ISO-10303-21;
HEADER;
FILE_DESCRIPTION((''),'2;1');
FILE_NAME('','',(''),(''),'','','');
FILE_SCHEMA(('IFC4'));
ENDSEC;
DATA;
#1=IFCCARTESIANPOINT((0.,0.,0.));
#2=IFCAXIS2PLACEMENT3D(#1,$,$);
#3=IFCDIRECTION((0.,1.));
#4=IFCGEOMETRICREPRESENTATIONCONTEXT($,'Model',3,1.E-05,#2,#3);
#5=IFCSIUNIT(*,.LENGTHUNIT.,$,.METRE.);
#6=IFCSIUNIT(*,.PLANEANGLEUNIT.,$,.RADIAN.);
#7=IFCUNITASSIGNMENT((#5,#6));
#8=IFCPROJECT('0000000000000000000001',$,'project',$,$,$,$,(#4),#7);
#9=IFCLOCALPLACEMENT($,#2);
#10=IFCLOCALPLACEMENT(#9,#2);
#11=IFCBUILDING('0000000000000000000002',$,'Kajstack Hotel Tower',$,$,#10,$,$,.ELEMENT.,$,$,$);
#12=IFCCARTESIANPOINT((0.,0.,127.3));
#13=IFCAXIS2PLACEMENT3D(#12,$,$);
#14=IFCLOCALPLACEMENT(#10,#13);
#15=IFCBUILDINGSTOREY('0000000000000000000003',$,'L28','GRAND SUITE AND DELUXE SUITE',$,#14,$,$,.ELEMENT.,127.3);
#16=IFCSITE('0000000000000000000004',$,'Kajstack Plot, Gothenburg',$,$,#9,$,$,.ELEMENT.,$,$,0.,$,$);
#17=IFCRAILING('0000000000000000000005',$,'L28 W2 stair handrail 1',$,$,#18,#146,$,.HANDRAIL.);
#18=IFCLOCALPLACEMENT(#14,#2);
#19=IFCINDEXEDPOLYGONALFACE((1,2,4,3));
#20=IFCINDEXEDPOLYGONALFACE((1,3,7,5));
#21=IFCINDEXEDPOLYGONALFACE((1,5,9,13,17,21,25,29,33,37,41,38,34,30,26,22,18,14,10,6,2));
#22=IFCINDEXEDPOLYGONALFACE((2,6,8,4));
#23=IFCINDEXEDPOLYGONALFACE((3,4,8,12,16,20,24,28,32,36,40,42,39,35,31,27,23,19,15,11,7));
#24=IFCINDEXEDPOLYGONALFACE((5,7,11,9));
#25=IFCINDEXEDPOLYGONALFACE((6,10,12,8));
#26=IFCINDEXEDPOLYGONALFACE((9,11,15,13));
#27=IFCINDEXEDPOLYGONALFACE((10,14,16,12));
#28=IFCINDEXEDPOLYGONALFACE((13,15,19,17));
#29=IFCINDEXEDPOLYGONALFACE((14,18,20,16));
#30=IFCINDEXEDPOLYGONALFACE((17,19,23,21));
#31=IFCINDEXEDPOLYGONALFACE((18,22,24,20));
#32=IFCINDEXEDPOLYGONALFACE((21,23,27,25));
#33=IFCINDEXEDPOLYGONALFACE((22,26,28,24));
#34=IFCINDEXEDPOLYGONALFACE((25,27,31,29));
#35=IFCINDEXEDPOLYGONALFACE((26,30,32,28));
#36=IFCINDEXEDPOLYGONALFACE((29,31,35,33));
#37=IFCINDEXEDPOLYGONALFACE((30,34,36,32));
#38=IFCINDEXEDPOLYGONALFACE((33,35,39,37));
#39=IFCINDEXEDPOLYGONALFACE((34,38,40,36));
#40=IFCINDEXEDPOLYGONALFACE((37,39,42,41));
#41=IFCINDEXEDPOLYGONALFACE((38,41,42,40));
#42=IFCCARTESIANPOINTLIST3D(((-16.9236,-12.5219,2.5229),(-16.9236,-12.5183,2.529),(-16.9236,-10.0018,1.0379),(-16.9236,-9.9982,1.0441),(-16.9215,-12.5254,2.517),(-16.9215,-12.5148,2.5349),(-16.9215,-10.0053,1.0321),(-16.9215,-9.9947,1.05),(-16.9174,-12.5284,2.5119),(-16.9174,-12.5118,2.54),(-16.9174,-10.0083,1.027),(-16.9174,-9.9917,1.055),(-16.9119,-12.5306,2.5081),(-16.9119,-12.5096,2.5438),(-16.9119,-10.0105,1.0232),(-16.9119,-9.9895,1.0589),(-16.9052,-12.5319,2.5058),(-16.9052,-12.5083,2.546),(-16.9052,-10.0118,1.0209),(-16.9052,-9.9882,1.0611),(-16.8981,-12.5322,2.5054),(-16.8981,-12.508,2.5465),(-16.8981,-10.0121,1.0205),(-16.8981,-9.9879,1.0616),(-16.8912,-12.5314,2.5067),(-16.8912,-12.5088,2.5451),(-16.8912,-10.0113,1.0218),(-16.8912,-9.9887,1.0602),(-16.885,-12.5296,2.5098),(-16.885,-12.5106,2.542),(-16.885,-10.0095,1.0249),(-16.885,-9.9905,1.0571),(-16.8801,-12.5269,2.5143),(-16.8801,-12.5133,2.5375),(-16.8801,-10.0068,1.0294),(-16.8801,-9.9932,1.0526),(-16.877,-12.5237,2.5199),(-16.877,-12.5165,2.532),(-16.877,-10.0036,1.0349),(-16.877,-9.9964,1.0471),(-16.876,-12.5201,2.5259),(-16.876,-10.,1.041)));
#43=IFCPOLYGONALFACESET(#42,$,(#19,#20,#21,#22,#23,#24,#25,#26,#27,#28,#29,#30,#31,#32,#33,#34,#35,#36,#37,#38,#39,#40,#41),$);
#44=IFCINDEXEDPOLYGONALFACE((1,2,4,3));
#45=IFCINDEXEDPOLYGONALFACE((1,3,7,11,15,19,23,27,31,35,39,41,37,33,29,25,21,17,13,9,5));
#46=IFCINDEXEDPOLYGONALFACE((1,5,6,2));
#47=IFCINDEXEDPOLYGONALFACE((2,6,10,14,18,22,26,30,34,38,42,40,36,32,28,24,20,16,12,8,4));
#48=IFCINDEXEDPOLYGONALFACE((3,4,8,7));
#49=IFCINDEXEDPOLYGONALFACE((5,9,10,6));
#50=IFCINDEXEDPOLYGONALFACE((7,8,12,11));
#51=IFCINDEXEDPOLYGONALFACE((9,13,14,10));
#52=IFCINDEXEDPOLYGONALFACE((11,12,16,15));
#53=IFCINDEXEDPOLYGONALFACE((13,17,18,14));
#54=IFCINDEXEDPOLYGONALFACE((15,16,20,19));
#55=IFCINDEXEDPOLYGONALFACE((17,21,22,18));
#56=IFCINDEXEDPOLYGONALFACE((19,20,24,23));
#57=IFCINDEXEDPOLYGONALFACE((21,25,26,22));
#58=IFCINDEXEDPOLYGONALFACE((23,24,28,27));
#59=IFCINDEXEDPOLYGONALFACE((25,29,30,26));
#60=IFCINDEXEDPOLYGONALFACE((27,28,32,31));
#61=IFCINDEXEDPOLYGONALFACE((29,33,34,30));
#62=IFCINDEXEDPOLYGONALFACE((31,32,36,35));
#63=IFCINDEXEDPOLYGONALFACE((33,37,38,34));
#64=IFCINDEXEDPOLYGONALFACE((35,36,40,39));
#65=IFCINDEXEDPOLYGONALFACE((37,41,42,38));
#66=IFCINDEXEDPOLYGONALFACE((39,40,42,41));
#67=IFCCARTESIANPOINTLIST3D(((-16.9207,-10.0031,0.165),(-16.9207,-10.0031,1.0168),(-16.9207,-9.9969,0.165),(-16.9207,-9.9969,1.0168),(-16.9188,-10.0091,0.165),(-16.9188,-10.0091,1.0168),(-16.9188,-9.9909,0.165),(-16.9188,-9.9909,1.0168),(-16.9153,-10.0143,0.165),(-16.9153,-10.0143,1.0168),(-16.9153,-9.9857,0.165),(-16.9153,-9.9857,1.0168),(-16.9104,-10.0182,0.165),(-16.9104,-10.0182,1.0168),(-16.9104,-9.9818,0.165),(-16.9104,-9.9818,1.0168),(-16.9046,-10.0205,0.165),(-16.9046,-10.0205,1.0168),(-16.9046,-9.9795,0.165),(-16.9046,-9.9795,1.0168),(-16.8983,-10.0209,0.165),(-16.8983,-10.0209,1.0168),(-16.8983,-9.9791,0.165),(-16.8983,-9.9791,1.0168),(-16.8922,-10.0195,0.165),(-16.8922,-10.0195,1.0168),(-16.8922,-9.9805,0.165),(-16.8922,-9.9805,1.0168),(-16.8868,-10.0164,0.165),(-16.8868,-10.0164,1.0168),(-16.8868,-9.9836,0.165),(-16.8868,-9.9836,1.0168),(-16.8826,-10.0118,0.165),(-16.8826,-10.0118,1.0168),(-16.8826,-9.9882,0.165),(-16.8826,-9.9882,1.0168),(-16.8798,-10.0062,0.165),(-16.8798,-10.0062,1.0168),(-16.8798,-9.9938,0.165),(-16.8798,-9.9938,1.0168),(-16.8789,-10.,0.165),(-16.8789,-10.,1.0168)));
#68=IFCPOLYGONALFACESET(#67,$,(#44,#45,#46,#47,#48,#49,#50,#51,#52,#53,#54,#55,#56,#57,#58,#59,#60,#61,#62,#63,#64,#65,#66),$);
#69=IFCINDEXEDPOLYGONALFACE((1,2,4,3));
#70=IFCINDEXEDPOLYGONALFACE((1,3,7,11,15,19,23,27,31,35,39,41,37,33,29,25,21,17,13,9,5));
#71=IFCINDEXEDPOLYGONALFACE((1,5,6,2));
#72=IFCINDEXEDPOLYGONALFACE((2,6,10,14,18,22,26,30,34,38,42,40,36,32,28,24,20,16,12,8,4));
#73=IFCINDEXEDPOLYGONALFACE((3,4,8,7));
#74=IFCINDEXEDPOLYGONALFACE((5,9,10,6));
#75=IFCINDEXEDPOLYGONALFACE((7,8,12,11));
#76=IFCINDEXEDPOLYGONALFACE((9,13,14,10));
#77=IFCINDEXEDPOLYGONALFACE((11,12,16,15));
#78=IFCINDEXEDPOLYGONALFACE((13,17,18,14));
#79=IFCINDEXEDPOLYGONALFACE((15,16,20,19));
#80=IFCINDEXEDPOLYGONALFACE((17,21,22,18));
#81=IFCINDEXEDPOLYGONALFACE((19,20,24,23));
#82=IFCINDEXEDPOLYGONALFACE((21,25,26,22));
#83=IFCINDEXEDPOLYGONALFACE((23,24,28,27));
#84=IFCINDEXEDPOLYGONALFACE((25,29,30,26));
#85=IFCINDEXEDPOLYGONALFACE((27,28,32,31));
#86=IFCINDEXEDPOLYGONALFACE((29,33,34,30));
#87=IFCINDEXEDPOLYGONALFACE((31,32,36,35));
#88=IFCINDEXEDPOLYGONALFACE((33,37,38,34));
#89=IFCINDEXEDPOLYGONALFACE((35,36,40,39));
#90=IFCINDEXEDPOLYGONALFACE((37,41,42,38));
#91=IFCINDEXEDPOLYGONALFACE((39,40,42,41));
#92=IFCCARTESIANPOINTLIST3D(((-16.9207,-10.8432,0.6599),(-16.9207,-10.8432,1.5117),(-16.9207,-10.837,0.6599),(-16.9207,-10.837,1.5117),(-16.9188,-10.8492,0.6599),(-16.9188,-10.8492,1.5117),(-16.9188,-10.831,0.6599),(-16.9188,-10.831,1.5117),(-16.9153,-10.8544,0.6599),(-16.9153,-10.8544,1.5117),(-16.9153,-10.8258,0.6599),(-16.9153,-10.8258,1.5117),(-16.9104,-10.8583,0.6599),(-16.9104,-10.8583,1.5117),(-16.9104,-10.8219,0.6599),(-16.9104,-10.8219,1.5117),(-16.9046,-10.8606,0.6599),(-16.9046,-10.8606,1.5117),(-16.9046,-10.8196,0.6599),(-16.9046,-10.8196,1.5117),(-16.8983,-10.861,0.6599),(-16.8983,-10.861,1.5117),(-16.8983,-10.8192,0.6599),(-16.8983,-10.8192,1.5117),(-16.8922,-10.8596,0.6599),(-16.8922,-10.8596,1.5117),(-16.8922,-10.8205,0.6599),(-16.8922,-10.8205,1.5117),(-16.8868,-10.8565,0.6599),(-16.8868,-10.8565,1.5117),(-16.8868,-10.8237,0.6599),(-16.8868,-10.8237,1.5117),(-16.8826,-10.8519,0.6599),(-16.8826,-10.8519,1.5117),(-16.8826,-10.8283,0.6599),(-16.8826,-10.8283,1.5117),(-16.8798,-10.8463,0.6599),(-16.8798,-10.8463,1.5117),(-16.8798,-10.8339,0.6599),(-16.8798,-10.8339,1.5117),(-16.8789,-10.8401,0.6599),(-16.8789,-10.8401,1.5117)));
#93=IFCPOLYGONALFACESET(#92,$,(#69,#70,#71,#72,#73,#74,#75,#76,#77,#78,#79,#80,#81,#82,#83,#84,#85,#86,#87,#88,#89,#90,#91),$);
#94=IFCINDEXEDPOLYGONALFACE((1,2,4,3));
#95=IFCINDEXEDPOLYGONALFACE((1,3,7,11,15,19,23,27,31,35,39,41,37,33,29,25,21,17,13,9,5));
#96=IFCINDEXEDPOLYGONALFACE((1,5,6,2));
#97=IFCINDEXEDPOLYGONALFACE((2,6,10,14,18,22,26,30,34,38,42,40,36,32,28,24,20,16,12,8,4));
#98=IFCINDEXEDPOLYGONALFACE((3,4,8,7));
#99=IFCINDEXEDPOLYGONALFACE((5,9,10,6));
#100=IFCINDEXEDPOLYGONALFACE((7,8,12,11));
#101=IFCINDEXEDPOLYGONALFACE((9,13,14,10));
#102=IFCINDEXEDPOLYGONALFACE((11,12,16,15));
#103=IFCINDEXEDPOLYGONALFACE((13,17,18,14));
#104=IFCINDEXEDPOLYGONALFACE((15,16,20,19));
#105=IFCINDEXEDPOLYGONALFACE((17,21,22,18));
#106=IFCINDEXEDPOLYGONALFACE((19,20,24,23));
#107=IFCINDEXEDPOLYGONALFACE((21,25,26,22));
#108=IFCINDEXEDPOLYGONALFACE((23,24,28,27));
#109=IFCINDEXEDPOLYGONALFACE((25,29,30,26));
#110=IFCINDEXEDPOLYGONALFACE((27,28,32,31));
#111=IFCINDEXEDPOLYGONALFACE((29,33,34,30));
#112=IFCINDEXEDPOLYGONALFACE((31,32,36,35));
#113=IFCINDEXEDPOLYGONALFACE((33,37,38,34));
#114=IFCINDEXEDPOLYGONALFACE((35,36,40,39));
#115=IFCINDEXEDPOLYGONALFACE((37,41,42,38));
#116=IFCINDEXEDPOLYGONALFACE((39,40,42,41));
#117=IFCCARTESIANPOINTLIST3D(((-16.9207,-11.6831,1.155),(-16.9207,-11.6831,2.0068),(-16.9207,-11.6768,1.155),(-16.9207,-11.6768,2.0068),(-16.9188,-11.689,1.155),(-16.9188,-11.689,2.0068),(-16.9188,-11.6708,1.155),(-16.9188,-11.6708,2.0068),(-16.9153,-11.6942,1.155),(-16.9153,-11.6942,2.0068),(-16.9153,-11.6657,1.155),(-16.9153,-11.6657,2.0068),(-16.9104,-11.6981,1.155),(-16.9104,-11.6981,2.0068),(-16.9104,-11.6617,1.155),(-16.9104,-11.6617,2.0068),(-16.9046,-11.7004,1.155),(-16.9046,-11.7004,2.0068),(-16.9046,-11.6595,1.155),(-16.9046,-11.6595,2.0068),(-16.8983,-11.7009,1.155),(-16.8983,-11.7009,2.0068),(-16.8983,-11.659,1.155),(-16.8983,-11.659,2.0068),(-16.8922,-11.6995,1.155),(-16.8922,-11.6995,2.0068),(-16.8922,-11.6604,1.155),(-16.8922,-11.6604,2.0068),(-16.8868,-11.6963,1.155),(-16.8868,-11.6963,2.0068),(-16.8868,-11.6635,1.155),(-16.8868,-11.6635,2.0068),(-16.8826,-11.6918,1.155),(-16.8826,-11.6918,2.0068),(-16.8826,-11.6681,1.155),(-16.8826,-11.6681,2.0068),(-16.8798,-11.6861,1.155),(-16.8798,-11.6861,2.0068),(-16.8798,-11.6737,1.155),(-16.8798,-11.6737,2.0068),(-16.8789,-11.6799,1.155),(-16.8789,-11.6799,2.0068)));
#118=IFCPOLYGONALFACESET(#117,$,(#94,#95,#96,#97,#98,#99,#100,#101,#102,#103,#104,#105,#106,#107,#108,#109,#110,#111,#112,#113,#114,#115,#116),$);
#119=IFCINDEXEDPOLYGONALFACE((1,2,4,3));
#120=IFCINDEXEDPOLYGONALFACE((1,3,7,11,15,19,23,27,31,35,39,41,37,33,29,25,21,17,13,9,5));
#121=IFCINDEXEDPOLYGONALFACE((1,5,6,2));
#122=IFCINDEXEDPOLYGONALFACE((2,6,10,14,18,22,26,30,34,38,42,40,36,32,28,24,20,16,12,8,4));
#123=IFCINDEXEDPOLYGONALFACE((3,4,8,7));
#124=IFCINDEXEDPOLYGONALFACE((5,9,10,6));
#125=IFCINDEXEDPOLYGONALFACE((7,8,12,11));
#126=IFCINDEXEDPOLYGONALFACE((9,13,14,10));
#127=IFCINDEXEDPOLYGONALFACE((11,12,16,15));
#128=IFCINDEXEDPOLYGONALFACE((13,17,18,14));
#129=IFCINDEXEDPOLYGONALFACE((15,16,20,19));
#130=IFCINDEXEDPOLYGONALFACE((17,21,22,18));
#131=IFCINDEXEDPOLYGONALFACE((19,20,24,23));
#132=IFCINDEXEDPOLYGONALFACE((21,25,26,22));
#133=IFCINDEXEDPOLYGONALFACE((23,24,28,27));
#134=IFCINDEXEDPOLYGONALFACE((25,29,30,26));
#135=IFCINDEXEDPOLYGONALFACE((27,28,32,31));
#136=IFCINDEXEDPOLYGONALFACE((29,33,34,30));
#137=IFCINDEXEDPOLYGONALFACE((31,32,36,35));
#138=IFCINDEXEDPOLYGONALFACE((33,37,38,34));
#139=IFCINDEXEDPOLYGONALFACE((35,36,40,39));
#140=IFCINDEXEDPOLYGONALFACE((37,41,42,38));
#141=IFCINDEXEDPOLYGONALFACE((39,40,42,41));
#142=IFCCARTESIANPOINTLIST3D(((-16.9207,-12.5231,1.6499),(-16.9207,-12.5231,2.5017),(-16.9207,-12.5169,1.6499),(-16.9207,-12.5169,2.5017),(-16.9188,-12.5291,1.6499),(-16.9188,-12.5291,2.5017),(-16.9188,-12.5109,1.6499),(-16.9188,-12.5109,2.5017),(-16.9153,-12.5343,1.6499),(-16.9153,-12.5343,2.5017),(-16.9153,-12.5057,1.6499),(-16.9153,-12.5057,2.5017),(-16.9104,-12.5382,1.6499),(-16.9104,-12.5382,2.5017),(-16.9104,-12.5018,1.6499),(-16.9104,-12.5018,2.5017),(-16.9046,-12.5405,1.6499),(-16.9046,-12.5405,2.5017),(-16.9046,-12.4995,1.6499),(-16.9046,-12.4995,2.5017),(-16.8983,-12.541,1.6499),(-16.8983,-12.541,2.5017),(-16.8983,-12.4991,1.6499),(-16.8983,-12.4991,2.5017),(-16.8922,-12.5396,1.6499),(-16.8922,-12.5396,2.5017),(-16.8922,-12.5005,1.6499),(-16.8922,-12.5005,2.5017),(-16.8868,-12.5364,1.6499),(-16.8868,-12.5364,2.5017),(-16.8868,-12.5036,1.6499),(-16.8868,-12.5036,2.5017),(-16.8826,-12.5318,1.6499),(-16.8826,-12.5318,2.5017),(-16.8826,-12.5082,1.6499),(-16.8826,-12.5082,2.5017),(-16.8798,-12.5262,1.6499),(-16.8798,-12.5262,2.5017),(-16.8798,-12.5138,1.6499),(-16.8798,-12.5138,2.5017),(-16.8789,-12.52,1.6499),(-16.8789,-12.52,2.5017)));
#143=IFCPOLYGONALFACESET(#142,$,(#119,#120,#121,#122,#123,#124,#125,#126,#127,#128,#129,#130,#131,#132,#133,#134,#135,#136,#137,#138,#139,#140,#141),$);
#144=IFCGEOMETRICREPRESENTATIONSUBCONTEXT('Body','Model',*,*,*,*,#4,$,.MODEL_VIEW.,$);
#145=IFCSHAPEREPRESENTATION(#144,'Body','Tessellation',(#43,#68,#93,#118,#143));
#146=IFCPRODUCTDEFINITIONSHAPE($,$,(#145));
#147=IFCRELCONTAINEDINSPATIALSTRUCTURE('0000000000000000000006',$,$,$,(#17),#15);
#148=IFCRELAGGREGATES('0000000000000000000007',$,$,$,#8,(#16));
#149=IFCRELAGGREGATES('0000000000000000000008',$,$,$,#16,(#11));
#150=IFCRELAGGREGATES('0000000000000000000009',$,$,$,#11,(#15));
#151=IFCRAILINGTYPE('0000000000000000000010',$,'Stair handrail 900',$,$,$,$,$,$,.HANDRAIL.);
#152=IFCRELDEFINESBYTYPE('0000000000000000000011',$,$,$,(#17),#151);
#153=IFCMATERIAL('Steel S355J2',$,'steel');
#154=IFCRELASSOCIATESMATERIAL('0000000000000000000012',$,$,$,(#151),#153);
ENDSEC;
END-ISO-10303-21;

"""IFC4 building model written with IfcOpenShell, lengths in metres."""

from ifc_helpers import new_model, si_unit, direction, frame, origin, origin_2d, place, context, subcontext, project, spatial, circle, extrude, material, type_object, element, save


model = new_model("IFC4")

# Units and contexts
model_context = context("Model", 3, precision=1e-05, world=origin(), true_north=direction((0.0, 1.0)))
body_context = subcontext(model_context, "Body", "Model", "MODEL_VIEW")
ifc_project = project(units=[si_unit("LENGTHUNIT", "METRE"), si_unit("PLANEANGLEUNIT", "RADIAN")], contexts=[model_context])

# Site, building, storey
site_placement = place(None, origin())
site = spatial("IfcSite", under=ifc_project, at=site_placement, Name="Kajstack Plot, Gothenburg", CompositionType="ELEMENT", RefElevation=0.0)
building_placement = place(site_placement, origin())
building = spatial("IfcBuilding", under=site, at=building_placement, Name="Kajstack Hotel Tower", CompositionType="ELEMENT")
storey_placement = place(building_placement, frame((0.0, 0.0, 127.3)))
storey = spatial("IfcBuildingStorey", under=building, at=storey_placement, Name="L28", Description="GRAND SUITE AND DELUXE SUITE", CompositionType="ELEMENT", Elevation=127.3)

# Railing
ifc_material_1 = material(Name="Steel S355J2", Category="steel")
railing_type_1 = type_object("IfcRailingType", Name="Stair handrail 900", PredefinedType="HANDRAIL", material=ifc_material_1)
railing_1_placement = place(storey_placement, frame((-16.8999, -10.0, 0.165)))
element("IfcRailing", 1, at=railing_1_placement, inside=storey, type_object=railing_type_1, Name="L28 W2 stair handrail 1", PredefinedType="HANDRAIL", context=body_context, shape_type="SweptSolid", body=[
    extrude(circle(Radius=0.0239, at=origin_2d()), frame((0.0, 0.0, 0.876), z_axis=(0.0, -0.861561, 0.507655), x_axis=(1.0, 0.0, 0.0)), (0.0, 0.0, 1.0), 2.925),
    extrude(circle(Radius=0.021, at=origin_2d()), origin(), (0.0, 0.0, 1.0), 0.8518),
    extrude(circle(Radius=0.021, at=origin_2d()), frame((0.0, -0.8401, 0.4949)), (0.0, 0.0, 1.0), 0.8518),
    extrude(circle(Radius=0.021, at=origin_2d()), frame((0.0, -1.6799, 0.99)), (0.0, 0.0, 1.0), 0.8518),
    extrude(circle(Radius=0.021, at=origin_2d()), frame((0.0, -2.52, 1.4849)), (0.0, 0.0, 1.0), 0.8518),
])

save(model, "model.ifc")
